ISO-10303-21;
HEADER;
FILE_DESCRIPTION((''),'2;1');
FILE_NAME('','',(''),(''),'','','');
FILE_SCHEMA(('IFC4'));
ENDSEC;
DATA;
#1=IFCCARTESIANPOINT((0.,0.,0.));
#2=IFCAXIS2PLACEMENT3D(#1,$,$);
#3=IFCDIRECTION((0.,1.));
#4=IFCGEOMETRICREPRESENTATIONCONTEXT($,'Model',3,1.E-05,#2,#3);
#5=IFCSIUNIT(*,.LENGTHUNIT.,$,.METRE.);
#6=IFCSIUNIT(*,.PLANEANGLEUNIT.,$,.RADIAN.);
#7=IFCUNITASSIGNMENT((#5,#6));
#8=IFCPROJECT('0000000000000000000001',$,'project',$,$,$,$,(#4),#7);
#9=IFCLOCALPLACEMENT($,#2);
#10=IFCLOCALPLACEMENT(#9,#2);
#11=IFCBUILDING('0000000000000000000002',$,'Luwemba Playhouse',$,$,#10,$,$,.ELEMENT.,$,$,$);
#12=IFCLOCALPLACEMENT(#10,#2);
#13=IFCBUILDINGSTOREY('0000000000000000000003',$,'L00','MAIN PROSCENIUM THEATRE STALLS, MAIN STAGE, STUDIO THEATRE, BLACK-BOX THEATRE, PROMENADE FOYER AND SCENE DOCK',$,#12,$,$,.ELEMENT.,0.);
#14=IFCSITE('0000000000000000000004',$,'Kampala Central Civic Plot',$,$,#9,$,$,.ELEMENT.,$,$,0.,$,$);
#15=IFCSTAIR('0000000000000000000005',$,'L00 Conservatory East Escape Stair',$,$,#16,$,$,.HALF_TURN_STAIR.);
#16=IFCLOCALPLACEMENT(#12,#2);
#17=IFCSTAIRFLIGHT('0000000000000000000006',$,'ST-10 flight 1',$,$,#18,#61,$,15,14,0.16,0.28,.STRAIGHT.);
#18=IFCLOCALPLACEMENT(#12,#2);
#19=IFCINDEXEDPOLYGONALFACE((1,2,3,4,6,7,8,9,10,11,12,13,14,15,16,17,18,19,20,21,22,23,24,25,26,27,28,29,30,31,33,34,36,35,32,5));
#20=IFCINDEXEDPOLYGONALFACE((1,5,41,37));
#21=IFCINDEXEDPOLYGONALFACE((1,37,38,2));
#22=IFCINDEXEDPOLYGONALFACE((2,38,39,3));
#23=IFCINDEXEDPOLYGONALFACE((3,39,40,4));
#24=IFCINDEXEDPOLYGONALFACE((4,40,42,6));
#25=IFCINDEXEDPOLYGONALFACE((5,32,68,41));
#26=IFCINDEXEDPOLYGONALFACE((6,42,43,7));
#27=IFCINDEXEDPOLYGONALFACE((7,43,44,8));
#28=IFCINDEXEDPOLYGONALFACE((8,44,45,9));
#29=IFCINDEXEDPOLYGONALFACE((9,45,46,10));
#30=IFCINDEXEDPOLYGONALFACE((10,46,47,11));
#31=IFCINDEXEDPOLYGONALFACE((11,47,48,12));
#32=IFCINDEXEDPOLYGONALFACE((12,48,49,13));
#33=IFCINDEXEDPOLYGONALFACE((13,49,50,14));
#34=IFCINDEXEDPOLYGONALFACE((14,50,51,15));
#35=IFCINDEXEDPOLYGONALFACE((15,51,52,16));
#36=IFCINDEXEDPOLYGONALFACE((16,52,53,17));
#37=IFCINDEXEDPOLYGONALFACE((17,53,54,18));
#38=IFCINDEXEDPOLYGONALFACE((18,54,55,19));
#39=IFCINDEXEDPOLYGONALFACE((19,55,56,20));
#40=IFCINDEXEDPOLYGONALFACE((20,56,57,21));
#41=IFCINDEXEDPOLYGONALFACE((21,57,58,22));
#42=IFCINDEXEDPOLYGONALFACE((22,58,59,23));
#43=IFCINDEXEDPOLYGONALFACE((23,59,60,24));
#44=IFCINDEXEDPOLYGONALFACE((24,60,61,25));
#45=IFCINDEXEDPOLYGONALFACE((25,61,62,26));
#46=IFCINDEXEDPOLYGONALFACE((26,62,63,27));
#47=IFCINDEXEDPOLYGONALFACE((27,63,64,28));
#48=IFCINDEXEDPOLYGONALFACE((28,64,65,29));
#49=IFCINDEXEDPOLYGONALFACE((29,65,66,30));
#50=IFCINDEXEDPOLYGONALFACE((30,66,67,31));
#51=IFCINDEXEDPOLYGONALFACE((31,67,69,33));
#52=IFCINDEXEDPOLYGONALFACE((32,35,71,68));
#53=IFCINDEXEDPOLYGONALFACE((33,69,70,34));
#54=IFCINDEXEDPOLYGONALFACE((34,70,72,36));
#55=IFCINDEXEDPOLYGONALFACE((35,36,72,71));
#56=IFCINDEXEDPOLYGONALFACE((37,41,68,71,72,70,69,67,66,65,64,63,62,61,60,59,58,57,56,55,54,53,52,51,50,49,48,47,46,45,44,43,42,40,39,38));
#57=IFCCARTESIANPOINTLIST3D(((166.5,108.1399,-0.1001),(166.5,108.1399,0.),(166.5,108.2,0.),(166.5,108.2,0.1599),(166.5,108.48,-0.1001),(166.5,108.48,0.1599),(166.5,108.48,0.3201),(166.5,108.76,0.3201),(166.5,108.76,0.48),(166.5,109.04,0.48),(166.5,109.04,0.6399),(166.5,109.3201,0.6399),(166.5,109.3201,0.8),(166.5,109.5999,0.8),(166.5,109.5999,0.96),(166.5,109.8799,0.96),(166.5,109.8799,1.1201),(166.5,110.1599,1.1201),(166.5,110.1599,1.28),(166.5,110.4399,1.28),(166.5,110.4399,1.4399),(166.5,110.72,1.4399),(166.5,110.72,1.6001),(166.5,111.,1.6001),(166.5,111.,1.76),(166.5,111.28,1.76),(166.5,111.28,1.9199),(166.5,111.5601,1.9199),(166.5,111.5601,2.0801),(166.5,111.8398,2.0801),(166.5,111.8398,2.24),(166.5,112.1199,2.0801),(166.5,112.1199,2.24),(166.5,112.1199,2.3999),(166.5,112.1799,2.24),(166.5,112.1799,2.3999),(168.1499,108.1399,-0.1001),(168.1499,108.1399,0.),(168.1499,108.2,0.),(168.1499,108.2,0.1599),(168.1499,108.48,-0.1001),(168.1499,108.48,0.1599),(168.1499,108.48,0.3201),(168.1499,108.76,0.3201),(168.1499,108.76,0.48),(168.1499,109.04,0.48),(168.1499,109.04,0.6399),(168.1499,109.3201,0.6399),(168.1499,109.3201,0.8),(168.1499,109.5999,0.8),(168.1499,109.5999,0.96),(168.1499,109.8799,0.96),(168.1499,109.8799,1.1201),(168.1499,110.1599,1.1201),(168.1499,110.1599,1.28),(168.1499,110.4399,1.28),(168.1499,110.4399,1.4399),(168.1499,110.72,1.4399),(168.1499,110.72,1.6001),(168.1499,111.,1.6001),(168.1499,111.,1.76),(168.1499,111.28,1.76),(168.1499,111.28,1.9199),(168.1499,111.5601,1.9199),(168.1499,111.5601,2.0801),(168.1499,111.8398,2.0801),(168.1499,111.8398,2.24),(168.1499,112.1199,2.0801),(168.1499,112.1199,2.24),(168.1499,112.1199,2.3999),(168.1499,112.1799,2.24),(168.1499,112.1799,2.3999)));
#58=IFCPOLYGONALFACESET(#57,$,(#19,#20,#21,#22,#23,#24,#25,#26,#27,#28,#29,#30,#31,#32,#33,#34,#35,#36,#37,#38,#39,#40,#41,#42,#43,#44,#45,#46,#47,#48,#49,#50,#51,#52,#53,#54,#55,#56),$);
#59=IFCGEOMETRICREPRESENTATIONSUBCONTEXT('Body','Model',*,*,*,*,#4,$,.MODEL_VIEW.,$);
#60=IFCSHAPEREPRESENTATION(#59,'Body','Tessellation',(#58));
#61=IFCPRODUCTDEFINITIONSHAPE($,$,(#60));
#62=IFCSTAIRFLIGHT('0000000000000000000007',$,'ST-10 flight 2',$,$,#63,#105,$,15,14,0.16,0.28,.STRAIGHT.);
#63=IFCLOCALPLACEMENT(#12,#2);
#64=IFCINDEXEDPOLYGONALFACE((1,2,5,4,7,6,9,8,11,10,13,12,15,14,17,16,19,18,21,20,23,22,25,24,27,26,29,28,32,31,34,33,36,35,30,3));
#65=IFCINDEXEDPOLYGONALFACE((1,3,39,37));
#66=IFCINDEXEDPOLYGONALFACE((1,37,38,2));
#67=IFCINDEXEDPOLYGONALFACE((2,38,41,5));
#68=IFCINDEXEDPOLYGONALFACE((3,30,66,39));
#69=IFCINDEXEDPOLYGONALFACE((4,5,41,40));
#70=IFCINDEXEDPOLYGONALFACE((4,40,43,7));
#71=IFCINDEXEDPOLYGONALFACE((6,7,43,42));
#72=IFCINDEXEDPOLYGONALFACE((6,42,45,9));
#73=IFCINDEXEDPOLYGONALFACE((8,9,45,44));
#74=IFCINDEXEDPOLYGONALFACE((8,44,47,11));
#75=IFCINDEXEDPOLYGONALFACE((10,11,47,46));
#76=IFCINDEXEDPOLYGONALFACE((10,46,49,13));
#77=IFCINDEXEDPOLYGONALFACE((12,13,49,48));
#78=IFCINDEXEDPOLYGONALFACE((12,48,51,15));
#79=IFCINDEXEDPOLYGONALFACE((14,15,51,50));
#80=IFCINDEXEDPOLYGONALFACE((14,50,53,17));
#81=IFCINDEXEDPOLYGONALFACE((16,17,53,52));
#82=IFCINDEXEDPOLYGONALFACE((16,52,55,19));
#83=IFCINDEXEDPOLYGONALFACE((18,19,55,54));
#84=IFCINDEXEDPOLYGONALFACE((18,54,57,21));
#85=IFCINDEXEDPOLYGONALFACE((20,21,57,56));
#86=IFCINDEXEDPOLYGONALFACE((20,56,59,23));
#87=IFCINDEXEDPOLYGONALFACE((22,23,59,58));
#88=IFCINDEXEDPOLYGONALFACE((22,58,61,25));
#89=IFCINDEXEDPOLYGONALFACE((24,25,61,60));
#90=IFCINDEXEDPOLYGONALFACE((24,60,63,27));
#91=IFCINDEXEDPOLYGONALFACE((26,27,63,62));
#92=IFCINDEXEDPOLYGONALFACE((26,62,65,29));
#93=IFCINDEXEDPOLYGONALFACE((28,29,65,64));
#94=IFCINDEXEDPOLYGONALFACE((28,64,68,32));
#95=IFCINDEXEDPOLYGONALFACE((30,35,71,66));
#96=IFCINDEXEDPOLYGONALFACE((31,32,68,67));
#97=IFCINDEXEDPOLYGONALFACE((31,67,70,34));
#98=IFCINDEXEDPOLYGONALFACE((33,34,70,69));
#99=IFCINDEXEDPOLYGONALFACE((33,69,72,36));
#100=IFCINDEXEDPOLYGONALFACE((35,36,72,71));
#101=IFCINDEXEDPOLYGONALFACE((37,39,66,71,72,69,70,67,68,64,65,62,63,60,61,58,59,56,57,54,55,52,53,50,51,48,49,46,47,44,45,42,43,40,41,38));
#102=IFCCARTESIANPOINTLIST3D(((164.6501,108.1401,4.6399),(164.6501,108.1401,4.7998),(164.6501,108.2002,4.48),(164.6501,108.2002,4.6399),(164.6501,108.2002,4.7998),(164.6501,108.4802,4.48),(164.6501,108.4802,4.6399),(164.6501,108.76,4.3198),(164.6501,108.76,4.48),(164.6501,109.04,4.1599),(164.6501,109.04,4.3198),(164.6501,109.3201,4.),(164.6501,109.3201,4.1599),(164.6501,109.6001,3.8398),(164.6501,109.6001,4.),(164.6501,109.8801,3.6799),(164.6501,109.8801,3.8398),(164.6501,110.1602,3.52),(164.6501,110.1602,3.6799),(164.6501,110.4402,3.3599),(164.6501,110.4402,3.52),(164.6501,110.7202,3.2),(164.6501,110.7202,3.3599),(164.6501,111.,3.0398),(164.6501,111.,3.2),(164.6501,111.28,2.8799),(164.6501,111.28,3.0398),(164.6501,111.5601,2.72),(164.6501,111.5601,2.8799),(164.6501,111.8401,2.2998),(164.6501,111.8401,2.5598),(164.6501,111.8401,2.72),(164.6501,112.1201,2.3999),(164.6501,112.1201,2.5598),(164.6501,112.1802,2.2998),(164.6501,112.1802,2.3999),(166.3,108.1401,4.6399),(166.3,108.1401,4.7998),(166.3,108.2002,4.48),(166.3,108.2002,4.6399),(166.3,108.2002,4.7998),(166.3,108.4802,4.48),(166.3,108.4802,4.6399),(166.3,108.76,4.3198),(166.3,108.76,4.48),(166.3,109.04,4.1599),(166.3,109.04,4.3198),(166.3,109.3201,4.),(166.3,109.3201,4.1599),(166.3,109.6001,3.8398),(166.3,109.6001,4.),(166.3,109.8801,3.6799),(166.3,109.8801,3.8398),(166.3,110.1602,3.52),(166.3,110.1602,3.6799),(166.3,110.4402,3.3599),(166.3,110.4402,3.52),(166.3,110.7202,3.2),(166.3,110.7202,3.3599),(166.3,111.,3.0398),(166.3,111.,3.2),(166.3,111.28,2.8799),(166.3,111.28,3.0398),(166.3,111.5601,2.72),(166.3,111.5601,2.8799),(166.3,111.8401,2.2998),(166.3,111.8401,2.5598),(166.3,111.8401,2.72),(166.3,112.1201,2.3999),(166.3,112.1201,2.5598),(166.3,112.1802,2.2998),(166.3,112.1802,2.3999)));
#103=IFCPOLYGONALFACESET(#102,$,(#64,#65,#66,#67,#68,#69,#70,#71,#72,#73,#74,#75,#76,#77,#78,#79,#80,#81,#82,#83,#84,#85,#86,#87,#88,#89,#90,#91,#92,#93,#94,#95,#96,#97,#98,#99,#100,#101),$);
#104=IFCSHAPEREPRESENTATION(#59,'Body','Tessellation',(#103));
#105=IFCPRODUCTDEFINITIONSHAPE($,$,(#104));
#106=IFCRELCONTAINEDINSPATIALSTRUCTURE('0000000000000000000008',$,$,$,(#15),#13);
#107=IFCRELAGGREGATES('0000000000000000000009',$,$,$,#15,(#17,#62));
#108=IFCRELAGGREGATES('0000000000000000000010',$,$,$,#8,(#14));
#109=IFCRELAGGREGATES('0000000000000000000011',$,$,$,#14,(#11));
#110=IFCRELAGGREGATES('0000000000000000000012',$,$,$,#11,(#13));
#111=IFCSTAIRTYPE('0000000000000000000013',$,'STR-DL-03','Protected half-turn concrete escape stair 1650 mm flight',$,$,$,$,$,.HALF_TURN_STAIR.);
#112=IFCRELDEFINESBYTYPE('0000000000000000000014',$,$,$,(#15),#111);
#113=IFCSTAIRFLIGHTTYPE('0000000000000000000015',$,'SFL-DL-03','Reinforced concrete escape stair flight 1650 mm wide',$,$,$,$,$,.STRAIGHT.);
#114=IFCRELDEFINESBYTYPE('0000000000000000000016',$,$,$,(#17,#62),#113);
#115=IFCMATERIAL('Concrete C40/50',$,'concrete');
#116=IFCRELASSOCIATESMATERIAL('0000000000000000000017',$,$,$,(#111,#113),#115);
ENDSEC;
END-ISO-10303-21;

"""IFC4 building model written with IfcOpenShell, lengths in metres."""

from ifc_helpers import new_model, si_unit, direction, frame, origin, place, context, subcontext, project, spatial, polyline, outline, extrude, material, type_object, element, aggregate, save


model = new_model("IFC4")

# Units and contexts
model_context = context("Model", 3, precision=1e-05, world=origin(), true_north=direction((0.0, 1.0)))
body_context = subcontext(model_context, "Body", "Model", "MODEL_VIEW")
ifc_project = project(units=[si_unit("LENGTHUNIT", "METRE"), si_unit("PLANEANGLEUNIT", "RADIAN")], contexts=[model_context])

# Site, building, storey
site_placement = place(None, origin())
site = spatial("IfcSite", under=ifc_project, at=site_placement, Name="Kampala Central Civic Plot", CompositionType="ELEMENT", RefElevation=0.0)
building_placement = place(site_placement, origin())
building = spatial("IfcBuilding", under=site, at=building_placement, Name="Luwemba Playhouse", CompositionType="ELEMENT")
storey_placement = place(building_placement, origin())
storey = spatial("IfcBuildingStorey", under=building, at=storey_placement, Name="L00", Description="MAIN PROSCENIUM THEATRE STALLS, MAIN STAGE, STUDIO THEATRE, BLACK-BOX THEATRE, PROMENADE FOYER AND SCENE DOCK", CompositionType="ELEMENT", Elevation=0.0)

# Shared definitions
ifc_material_1 = material(Name="Concrete C40/50", Category="concrete")

# Stair, stair flights
stair_type = type_object("IfcStairType", Name="STR-DL-03", Description="Protected half-turn concrete escape stair 1650 mm flight", PredefinedType="HALF_TURN_STAIR", material=ifc_material_1)
stair_placement = place(storey_placement, origin())
stair = element("IfcStair", 1, at=stair_placement, inside=storey, type_object=stair_type, Name="L00 Conservatory East Escape Stair", PredefinedType="HALF_TURN_STAIR")
stair_flight_type = type_object("IfcStairFlightType", Name="SFL-DL-03", Description="Reinforced concrete escape stair flight 1650 mm wide", PredefinedType="STRAIGHT", material=ifc_material_1)
stair_flight_1_placement = place(storey_placement, frame((167.325, 108.2, 0.0), z_axis=(0.0, 0.0, 1.0), x_axis=(0.0, 1.0, 0.0)))
stair_flight_1 = element("IfcStairFlight", 2, at=stair_flight_1_placement, type_object=stair_flight_type, Name="ST-10 flight 1", NumberOfRisers=15, NumberOfTreads=14, PredefinedType="STRAIGHT", RiserHeight=0.16, TreadLength=0.28, context=body_context, shape_type="SweptSolid", body=[
    extrude(outline(polyline([(-0.0601, -0.1001), (-0.0601, 0.0), (0.0, 0.0), (0.0, 0.1599), (0.28, 0.1599), (0.28, 0.3201), (0.5601, 0.3201), (0.5601, 0.48), (0.8401, 0.48), (0.8401, 0.6399), (1.1201, 0.6399), (1.1201, 0.8), (1.3999, 0.8), (1.3999, 0.96), (1.6799, 0.96), (1.6799, 1.1201), (1.96, 1.1201), (1.96, 1.28), (2.24, 1.28), (2.24, 1.4399), (2.52, 1.4399), (2.52, 1.6001), (2.8, 1.6001), (2.8, 1.76), (3.0801, 1.76), (3.0801, 1.9199), (3.3601, 1.9199), (3.3601, 2.0801), (3.6399, 2.0801), (3.6399, 2.24), (3.9199, 2.24), (3.9199, 2.3999), (3.98, 2.3999), (3.98, 2.24), (3.9199, 2.0801), (0.28, -0.1001), (-0.0601, -0.1001)])), frame((0.0, 0.825, 0.0), z_axis=(0.0, -1.0, 0.0), x_axis=(1.0, 0.0, 0.0)), (0.0, 0.0, 1.0), 1.6499),
])
stair_flight_2_placement = place(storey_placement, frame((165.4751, 112.1201, 2.3999), z_axis=(0.0, 0.0, 1.0), x_axis=(0.0, -1.0, 0.0)))
stair_flight_2 = element("IfcStairFlight", 3, at=stair_flight_2_placement, type_object=stair_flight_type, Name="ST-10 flight 2", NumberOfRisers=15, NumberOfTreads=14, PredefinedType="STRAIGHT", RiserHeight=0.16, TreadLength=0.28, context=body_context, shape_type="SweptSolid", body=[
    extrude(outline(polyline([(-0.0601, -0.1001), (-0.0601, 0.0), (0.0, 0.0), (0.0, 0.1599), (0.28, 0.1599), (0.28, 0.3201), (0.5601, 0.3201), (0.5601, 0.48), (0.8401, 0.48), (0.8401, 0.6399), (1.1201, 0.6399), (1.1201, 0.8), (1.3999, 0.8), (1.3999, 0.96), (1.6799, 0.96), (1.6799, 1.1201), (1.96, 1.1201), (1.96, 1.28), (2.24, 1.28), (2.24, 1.4399), (2.52, 1.4399), (2.52, 1.6001), (2.8, 1.6001), (2.8, 1.76), (3.0801, 1.76), (3.0801, 1.9199), (3.3601, 1.9199), (3.3601, 2.0801), (3.6399, 2.0801), (3.6399, 2.24), (3.9199, 2.24), (3.9199, 2.3999), (3.98, 2.3999), (3.98, 2.24), (3.9199, 2.0801), (0.28, -0.1001), (-0.0601, -0.1001)])), frame((0.0, 0.825, 0.0), z_axis=(0.0, -1.0, 0.0), x_axis=(1.0, 0.0, 0.0)), (0.0, 0.0, 1.0), 1.6499),
])
aggregate(stair, [stair_flight_1, stair_flight_2])

save(model, "model.ifc")
